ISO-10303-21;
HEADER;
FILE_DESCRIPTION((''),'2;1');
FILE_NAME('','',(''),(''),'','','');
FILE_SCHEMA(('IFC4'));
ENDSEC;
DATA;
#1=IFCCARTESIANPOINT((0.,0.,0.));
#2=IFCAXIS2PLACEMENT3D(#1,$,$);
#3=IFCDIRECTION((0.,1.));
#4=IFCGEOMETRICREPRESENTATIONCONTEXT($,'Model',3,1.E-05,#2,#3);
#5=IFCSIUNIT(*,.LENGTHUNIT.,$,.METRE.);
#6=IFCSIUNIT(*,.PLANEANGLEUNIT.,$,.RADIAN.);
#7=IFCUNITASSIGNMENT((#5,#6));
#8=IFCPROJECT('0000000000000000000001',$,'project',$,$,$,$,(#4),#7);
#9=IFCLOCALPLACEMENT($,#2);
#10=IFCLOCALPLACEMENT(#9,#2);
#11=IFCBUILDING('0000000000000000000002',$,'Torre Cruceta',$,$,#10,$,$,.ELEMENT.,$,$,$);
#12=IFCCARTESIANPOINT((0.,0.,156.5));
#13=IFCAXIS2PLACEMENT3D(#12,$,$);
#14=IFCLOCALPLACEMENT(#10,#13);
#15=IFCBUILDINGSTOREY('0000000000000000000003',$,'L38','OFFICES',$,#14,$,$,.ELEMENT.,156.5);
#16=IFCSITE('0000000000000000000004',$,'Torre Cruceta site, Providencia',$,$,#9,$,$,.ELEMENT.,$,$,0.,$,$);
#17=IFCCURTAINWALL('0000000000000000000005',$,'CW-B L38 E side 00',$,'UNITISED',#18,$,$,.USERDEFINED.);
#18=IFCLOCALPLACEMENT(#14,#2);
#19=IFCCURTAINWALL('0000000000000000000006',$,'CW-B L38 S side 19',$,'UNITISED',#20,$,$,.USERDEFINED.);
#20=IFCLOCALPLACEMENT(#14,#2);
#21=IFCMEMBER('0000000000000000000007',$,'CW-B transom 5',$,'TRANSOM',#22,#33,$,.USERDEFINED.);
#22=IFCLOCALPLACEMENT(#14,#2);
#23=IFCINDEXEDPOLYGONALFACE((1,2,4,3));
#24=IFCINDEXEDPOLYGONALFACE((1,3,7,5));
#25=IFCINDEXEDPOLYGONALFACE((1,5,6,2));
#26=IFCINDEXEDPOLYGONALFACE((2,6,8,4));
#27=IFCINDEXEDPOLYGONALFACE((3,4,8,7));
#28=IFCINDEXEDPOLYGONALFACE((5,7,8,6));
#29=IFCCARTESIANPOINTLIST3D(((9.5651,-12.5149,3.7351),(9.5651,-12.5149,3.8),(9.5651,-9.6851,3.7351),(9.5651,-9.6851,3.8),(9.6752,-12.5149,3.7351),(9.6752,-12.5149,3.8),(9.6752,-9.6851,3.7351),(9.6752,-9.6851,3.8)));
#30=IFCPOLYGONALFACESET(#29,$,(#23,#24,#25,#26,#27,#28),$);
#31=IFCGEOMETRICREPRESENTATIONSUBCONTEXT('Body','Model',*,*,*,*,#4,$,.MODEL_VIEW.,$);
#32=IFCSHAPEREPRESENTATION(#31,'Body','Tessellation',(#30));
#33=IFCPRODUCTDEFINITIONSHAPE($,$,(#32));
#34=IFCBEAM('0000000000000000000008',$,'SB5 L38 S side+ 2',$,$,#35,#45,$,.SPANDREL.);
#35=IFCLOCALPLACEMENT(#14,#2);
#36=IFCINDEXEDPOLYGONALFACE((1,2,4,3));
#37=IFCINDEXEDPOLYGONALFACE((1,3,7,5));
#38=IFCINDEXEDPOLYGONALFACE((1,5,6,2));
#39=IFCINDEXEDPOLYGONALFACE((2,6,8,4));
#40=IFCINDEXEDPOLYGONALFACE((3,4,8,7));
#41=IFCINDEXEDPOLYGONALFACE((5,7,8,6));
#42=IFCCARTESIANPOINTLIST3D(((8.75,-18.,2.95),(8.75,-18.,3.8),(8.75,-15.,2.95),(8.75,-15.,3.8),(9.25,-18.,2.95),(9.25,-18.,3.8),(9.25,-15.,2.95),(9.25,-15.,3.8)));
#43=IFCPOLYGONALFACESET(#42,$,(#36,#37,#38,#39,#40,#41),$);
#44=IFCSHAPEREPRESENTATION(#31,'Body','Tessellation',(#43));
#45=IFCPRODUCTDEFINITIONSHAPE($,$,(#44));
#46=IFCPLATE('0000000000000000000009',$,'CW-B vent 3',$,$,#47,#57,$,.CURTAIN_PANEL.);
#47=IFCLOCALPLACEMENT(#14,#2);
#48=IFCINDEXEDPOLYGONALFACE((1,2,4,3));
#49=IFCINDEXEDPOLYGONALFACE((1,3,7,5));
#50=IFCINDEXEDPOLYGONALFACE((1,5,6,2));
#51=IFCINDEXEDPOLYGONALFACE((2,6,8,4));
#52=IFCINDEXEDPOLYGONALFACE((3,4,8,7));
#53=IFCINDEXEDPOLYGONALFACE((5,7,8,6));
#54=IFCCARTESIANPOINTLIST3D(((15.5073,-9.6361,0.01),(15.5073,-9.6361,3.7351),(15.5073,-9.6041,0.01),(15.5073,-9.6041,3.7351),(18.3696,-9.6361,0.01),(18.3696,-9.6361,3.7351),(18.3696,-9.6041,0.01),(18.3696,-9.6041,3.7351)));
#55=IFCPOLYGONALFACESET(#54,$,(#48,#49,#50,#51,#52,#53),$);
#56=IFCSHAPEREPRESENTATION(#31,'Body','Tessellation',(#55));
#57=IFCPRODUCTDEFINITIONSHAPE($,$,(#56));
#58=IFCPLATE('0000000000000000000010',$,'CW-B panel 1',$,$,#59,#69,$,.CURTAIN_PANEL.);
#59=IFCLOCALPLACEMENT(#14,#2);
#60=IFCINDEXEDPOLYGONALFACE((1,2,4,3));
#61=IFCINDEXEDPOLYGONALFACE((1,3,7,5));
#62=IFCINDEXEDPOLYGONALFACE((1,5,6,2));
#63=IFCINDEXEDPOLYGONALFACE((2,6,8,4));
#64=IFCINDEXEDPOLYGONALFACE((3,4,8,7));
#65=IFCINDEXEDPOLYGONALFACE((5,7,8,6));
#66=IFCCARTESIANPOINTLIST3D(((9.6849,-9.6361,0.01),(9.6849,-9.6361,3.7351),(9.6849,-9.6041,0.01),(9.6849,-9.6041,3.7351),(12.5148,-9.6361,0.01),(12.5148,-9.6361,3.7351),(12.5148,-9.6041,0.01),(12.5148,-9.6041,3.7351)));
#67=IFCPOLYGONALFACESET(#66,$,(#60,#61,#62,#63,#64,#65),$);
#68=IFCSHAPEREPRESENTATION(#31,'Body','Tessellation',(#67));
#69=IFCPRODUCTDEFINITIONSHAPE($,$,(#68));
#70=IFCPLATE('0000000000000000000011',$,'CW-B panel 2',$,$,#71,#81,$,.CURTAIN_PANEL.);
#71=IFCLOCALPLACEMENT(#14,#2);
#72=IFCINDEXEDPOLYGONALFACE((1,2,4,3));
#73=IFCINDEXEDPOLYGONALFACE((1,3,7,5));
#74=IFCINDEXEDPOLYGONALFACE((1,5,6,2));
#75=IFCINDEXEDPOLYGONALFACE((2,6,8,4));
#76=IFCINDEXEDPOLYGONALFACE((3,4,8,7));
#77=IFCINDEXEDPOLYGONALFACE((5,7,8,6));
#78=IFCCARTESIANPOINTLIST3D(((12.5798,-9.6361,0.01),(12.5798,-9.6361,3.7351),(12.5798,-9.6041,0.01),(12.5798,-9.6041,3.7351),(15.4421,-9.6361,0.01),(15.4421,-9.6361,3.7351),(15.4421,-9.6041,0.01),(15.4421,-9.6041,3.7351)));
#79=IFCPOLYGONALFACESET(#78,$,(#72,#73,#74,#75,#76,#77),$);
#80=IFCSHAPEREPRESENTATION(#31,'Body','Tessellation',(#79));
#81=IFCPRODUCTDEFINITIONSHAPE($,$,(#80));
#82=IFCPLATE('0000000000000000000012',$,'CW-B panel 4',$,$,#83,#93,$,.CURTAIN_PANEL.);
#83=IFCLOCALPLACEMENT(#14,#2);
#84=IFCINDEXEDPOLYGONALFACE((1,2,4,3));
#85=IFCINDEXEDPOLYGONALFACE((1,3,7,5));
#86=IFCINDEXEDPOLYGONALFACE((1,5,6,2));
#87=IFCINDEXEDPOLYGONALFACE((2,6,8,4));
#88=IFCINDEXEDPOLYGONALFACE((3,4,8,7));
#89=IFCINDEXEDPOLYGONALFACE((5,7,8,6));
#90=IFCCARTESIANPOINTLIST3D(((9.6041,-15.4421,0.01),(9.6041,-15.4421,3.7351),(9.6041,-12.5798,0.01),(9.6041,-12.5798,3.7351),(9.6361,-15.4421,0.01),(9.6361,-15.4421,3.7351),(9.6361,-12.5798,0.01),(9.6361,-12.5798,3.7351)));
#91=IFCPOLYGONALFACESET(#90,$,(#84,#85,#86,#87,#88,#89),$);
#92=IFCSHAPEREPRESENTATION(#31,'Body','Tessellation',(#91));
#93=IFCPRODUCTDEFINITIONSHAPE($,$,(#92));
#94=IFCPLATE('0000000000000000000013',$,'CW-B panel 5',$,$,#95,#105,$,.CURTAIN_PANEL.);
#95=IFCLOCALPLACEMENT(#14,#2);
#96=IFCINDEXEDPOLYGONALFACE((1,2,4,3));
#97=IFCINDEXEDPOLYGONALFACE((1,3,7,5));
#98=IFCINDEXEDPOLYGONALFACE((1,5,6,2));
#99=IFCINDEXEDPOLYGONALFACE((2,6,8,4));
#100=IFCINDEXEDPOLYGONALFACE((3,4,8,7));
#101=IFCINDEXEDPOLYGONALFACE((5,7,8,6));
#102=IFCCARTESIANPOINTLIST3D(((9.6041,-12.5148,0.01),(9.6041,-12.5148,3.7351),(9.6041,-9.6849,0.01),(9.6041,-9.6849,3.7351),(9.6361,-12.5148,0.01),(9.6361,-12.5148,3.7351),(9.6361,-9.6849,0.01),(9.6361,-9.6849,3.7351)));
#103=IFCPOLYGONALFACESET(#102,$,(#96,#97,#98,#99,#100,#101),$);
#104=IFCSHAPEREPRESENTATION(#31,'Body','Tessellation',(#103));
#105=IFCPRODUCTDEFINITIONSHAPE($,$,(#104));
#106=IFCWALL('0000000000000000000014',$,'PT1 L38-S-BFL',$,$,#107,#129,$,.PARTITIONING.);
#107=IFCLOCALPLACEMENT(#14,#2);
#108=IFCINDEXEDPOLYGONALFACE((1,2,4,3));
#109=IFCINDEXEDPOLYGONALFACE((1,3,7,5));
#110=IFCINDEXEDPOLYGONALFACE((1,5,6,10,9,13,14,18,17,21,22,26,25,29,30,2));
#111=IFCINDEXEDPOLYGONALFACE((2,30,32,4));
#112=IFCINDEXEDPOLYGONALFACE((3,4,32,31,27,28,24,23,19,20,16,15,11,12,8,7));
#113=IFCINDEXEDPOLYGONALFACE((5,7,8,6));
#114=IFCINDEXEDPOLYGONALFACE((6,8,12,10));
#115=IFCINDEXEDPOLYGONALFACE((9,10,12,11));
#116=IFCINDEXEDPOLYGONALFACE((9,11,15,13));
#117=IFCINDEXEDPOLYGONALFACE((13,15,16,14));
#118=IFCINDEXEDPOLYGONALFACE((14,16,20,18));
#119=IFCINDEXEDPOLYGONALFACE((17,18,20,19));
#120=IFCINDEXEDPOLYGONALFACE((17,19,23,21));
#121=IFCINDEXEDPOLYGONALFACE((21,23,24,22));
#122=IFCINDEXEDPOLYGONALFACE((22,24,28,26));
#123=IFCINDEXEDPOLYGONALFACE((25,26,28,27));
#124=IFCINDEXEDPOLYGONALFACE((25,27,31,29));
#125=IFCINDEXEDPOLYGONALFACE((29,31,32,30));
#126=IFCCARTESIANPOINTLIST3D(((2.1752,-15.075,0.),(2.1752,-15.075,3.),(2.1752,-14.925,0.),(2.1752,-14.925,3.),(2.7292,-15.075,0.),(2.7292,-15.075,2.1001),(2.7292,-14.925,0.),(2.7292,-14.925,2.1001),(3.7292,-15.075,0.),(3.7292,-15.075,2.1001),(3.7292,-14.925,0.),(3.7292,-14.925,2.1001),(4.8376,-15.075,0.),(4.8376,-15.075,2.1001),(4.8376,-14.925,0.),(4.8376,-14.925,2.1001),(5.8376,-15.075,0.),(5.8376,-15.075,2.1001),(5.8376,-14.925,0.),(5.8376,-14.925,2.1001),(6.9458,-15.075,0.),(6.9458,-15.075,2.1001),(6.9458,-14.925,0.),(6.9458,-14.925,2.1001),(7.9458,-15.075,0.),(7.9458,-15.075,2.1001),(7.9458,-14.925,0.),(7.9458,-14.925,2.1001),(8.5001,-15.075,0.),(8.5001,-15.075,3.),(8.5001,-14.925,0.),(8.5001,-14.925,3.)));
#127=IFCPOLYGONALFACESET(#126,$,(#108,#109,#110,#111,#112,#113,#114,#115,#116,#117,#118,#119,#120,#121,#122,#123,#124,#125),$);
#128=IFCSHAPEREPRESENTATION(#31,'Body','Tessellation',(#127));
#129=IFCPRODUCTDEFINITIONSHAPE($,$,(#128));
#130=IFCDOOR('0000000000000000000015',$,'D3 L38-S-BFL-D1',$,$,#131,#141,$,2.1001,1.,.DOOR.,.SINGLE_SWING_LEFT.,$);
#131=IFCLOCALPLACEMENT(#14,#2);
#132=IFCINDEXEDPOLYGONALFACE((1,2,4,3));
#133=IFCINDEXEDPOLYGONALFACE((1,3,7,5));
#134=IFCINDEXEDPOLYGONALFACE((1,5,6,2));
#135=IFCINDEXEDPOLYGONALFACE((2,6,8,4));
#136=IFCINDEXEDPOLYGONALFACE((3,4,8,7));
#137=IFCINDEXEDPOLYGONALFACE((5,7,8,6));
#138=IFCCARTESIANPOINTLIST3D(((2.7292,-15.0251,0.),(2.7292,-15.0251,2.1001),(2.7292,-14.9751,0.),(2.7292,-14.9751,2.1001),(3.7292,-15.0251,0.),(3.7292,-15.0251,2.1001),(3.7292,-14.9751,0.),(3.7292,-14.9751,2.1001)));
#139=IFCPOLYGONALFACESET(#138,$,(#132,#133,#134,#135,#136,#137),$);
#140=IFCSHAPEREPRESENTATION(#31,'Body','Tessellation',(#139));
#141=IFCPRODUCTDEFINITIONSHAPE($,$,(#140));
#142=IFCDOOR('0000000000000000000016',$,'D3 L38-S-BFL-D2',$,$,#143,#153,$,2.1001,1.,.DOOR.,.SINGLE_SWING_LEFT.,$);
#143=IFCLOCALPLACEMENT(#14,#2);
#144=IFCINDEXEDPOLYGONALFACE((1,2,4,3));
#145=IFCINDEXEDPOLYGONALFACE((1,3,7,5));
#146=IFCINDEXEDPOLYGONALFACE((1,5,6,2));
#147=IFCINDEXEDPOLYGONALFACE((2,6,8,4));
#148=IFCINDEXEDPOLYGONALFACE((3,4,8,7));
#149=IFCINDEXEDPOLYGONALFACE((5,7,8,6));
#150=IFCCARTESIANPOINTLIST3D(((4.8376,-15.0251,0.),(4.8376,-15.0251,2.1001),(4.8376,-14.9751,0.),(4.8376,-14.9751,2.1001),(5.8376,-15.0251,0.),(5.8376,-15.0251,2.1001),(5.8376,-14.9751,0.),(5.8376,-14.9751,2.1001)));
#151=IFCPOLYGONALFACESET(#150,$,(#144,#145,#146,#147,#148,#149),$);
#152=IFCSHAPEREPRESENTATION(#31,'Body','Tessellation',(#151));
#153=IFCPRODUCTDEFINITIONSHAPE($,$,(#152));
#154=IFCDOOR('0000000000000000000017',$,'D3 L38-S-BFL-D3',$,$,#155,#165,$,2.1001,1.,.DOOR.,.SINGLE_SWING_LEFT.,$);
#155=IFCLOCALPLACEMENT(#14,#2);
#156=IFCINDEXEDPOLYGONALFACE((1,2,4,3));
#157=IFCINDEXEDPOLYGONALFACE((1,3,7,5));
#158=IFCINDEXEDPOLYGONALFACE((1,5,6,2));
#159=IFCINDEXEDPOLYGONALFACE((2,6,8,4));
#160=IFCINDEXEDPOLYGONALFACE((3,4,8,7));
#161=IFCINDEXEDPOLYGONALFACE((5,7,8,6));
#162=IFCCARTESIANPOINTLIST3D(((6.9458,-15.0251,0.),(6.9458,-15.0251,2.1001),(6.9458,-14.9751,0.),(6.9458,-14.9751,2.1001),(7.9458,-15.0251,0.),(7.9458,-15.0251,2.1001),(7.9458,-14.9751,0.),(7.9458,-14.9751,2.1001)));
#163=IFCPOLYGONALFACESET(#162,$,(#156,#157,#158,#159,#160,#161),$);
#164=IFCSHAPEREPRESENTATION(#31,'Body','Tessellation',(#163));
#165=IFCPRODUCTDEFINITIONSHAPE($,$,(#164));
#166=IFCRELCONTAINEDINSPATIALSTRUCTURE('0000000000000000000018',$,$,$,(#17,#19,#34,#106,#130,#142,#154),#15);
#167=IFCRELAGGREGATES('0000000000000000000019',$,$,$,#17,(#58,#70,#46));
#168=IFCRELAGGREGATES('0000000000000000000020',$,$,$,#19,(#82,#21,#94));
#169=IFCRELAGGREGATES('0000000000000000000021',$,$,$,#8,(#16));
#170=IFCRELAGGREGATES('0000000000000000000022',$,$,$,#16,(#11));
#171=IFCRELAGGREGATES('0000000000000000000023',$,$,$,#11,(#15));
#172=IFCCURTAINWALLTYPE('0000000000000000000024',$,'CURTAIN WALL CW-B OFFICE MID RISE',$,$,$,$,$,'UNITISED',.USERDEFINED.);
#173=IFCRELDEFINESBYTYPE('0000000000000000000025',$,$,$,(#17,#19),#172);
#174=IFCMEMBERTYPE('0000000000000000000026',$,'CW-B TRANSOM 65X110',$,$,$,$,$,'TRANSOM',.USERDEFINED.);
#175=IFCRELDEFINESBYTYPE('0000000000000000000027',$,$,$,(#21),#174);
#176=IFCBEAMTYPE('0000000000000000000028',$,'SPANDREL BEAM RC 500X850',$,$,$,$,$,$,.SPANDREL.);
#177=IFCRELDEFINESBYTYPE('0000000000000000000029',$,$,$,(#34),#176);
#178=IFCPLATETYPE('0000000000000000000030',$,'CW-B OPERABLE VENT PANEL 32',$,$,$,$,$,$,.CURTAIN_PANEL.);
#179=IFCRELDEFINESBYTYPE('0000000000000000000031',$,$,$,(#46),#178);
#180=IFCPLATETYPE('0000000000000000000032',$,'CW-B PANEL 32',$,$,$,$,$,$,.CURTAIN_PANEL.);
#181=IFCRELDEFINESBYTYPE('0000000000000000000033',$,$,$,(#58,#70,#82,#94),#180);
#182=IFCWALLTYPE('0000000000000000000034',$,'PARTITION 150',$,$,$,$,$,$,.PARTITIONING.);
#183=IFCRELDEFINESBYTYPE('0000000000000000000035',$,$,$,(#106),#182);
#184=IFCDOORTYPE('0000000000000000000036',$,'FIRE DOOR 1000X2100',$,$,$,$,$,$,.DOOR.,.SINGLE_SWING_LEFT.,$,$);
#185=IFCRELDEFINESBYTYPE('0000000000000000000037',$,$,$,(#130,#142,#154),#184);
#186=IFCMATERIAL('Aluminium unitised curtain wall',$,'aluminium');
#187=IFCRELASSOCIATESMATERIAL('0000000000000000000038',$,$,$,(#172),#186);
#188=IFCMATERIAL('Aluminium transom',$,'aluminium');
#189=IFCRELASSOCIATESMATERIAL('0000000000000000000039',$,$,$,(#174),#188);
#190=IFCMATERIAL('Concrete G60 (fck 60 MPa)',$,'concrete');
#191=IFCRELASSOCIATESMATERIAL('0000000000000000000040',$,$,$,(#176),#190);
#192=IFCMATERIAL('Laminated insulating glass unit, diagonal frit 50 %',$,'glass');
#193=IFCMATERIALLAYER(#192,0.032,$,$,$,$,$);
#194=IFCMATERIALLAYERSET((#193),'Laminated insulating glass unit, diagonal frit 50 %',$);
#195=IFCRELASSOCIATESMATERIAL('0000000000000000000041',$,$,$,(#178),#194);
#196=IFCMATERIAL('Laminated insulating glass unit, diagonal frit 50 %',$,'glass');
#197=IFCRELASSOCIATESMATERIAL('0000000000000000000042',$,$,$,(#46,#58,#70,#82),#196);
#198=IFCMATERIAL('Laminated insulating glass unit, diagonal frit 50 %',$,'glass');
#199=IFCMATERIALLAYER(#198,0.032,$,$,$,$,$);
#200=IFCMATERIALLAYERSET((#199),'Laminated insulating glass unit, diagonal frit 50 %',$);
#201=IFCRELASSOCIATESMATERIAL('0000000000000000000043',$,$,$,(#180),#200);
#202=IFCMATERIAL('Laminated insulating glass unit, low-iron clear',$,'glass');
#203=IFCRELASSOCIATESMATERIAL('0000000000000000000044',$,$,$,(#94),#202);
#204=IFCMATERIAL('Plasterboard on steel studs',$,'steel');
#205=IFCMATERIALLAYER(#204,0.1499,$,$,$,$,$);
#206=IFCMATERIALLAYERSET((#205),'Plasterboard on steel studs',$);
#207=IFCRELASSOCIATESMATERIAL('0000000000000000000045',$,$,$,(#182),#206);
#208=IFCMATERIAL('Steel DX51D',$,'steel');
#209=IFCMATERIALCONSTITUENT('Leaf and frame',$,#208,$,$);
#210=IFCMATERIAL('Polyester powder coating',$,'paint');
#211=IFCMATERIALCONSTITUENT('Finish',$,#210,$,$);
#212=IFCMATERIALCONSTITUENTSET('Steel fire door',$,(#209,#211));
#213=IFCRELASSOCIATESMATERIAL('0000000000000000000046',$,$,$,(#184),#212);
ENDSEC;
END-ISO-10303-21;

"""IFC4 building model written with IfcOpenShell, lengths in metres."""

from ifc_helpers import new_model, si_unit, direction, frame, frame_2d, origin, origin_2d, place, context, subcontext, project, spatial, rectangle, extrude, material, layer, layer_set, constituent, constituent_set, material_profile, profile_set, type_object, element, fill, aggregate, save


model = new_model("IFC4")

# Units and contexts
model_context = context("Model", 3, precision=1e-05, world=origin(), true_north=direction((0.0, 1.0)))
body_context = subcontext(model_context, "Body", "Model", "MODEL_VIEW")
ifc_project = project(units=[si_unit("LENGTHUNIT", "METRE"), si_unit("PLANEANGLEUNIT", "RADIAN")], contexts=[model_context])

# Site, building, storey
site_placement = place(None, origin())
site = spatial("IfcSite", under=ifc_project, at=site_placement, Name="Torre Cruceta site, Providencia", CompositionType="ELEMENT", RefElevation=0.0)
building_placement = place(site_placement, origin())
building = spatial("IfcBuilding", under=site, at=building_placement, Name="Torre Cruceta", CompositionType="ELEMENT")
storey_placement = place(building_placement, frame((0.0, 0.0, 156.5)))
storey = spatial("IfcBuildingStorey", under=building, at=storey_placement, Name="L38", Description="OFFICES", CompositionType="ELEMENT", Elevation=156.5)

# Curtain walls
ifc_material_1 = material(Name="Aluminium unitised curtain wall", Category="aluminium")
curtain_wall_type = type_object("IfcCurtainWallType", Name="CURTAIN WALL CW-B OFFICE MID RISE", ElementType="UNITISED", PredefinedType="USERDEFINED", material=ifc_material_1)
curtain_wall_1_placement = place(storey_placement, origin())
curtain_wall_1 = element("IfcCurtainWall", 1, at=curtain_wall_1_placement, inside=storey, type_object=curtain_wall_type, Name="CW-B L38 E side 00", ObjectType="UNITISED", PredefinedType="USERDEFINED")
curtain_wall_2_placement = place(storey_placement, origin())
curtain_wall_2 = element("IfcCurtainWall", 2, at=curtain_wall_2_placement, inside=storey, type_object=curtain_wall_type, Name="CW-B L38 S side 19", ObjectType="UNITISED", PredefinedType="USERDEFINED")

# Member
ifc_material_2 = material(Name="Aluminium transom", Category="aluminium")
ifc_material_profile_1 = material_profile(ifc_material_2, rectangle(XDim=0.1101, YDim=0.0649, at=origin_2d()), Name="AL 110X65")
ifc_profile_set_1 = profile_set([ifc_material_profile_1], Name="Aluminium transom")
member_type_1 = type_object("IfcMemberType", Name="CW-B TRANSOM 65X110", ElementType="TRANSOM", PredefinedType="USERDEFINED", material=ifc_profile_set_1)
member_1_placement = place(storey_placement, frame((9.6201, -12.5149, 3.7676), z_axis=(0.0, 1.0, 0.0), x_axis=(-1.0, 0.0, 0.0)))
member_1 = element("IfcMember", 3, at=member_1_placement, type_object=member_type_1, Name="CW-B transom 5", ObjectType="TRANSOM", PredefinedType="USERDEFINED", context=body_context, shape_type="SweptSolid", body=[
    extrude(rectangle(XDim=0.1101, YDim=0.0649, at=origin_2d()), origin(), (0.0, 0.0, 1.0), 2.8298),
])

# Beam
ifc_material_3 = material(Name="Concrete G60 (fck 60 MPa)", Category="concrete")
ifc_material_profile_2 = material_profile(ifc_material_3, rectangle(XDim=0.5, YDim=0.8501, at=origin_2d()), Name="RC 500X850")
ifc_profile_set_2 = profile_set([ifc_material_profile_2], Name="Concrete G60 (fck 60 MPa)")
beam_type_1 = type_object("IfcBeamType", Name="SPANDREL BEAM RC 500X850", PredefinedType="SPANDREL", material=ifc_profile_set_2)
beam_1_placement = place(storey_placement, frame((9.0, -15.0, 3.375), z_axis=(0.0, -1.0, 0.0), x_axis=(1.0, 0.0, 0.0)))
element("IfcBeam", 4, at=beam_1_placement, inside=storey, type_object=beam_type_1, Name="SB5 L38 S side+ 2", PredefinedType="SPANDREL", context=body_context, shape_type="SweptSolid", body=[
    extrude(rectangle(XDim=0.5, YDim=0.8501, at=origin_2d()), origin(), (0.0, 0.0, 1.0), 3.0),
])

# Plates
ifc_material_4 = material(Name="Laminated insulating glass unit, diagonal frit 50 %", Category="glass")
ifc_material_5 = material(Name="Laminated insulating glass unit, diagonal frit 50 %", Category="glass")
ifc_layer_1 = layer(ifc_material_5, 0.032)
ifc_layer_set_1 = layer_set([ifc_layer_1], Name="Laminated insulating glass unit, diagonal frit 50 %")
plate_type_1 = type_object("IfcPlateType", Name="CW-B OPERABLE VENT PANEL 32", PredefinedType="CURTAIN_PANEL", material=ifc_layer_set_1)
plate_1_placement = place(storey_placement, frame((16.9385, -9.6201, 0.01), z_axis=(0.0, 0.0, 1.0), x_axis=(1.0, 0.0, 0.0)))
plate_1 = element("IfcPlate", 5, at=plate_1_placement, type_object=plate_type_1, material=ifc_material_4, Name="CW-B vent 3", PredefinedType="CURTAIN_PANEL", context=body_context, shape_type="SweptSolid", body=[
    extrude(rectangle(XDim=2.8623, YDim=0.032, at=origin_2d()), origin(), (0.0, 0.0, 1.0), 3.7251),
])
ifc_material_6 = material(Name="Laminated insulating glass unit, diagonal frit 50 %", Category="glass")
ifc_layer_2 = layer(ifc_material_6, 0.032)
ifc_layer_set_2 = layer_set([ifc_layer_2], Name="Laminated insulating glass unit, diagonal frit 50 %")
plate_type_2 = type_object("IfcPlateType", Name="CW-B PANEL 32", PredefinedType="CURTAIN_PANEL", material=ifc_layer_set_2)
plate_2_placement = place(storey_placement, frame((11.0999, -9.6201, 0.01), z_axis=(0.0, 0.0, 1.0), x_axis=(1.0, 0.0, 0.0)))
plate_2 = element("IfcPlate", 6, at=plate_2_placement, type_object=plate_type_2, material=ifc_material_4, Name="CW-B panel 1", PredefinedType="CURTAIN_PANEL", context=body_context, shape_type="SweptSolid", body=[
    extrude(rectangle(XDim=2.8298, YDim=0.032, at=origin_2d()), origin(), (0.0, 0.0, 1.0), 3.7251),
])
plate_3_placement = place(storey_placement, frame((14.011, -9.6201, 0.01), z_axis=(0.0, 0.0, 1.0), x_axis=(1.0, 0.0, 0.0)))
plate_3 = element("IfcPlate", 7, at=plate_3_placement, type_object=plate_type_2, material=ifc_material_4, Name="CW-B panel 2", PredefinedType="CURTAIN_PANEL", context=body_context, shape_type="SweptSolid", body=[
    extrude(rectangle(XDim=2.8623, YDim=0.032, at=origin_2d()), origin(), (0.0, 0.0, 1.0), 3.7251),
])
aggregate(curtain_wall_1, [plate_2, plate_3, plate_1])
plate_4_placement = place(storey_placement, frame((9.6201, -14.011, 0.01), z_axis=(0.0, 0.0, 1.0), x_axis=(0.0, 1.0, 0.0)))
plate_4 = element("IfcPlate", 8, at=plate_4_placement, type_object=plate_type_2, material=ifc_material_4, Name="CW-B panel 4", PredefinedType="CURTAIN_PANEL", context=body_context, shape_type="SweptSolid", body=[
    extrude(rectangle(XDim=2.8623, YDim=0.032, at=origin_2d()), origin(), (0.0, 0.0, 1.0), 3.7251),
])
ifc_material_7 = material(Name="Laminated insulating glass unit, low-iron clear", Category="glass")
plate_5_placement = place(storey_placement, frame((9.6201, -11.0999, 0.01), z_axis=(0.0, 0.0, 1.0), x_axis=(0.0, 1.0, 0.0)))
plate_5 = element("IfcPlate", 9, at=plate_5_placement, type_object=plate_type_2, material=ifc_material_7, Name="CW-B panel 5", PredefinedType="CURTAIN_PANEL", context=body_context, shape_type="SweptSolid", body=[
    extrude(rectangle(XDim=2.8298, YDim=0.032, at=origin_2d()), origin(), (0.0, 0.0, 1.0), 3.7251),
])
aggregate(curtain_wall_2, [plate_4, member_1, plate_5])

# Wall, openings, doors
ifc_material_8 = material(Name="Plasterboard on steel studs", Category="steel")
ifc_layer_3 = layer(ifc_material_8, 0.1499)
ifc_layer_set_3 = layer_set([ifc_layer_3], Name="Plasterboard on steel studs")
wall_type_1 = type_object("IfcWallType", Name="PARTITION 150", PredefinedType="PARTITIONING", material=ifc_layer_set_3)
wall_1_placement = place(storey_placement, frame((2.175, -15.0, 0.0), z_axis=(0.0, 0.0, 1.0), x_axis=(1.0, 0.0, 0.0)))
wall_1 = element("IfcWall", 10, at=wall_1_placement, inside=storey, type_object=wall_type_1, Name="PT1 L38-S-BFL", PredefinedType="PARTITIONING", context=body_context, shape_type="SweptSolid", body=[
    extrude(rectangle(XDim=6.325, YDim=0.1499, at=frame_2d((3.1626, 0.0))), origin(), (0.0, 0.0, 1.0), 3.0),
])
opening_1_placement = place(wall_1_placement, frame((0.5542, 0.0, 0.0)))
opening_1 = element("IfcOpeningElement", 11, at=opening_1_placement, cuts=wall_1, PredefinedType="OPENING", context=body_context, shape_type="SweptSolid", body=[
    extrude(rectangle(XDim=1.0, YDim=2.1001, at=frame_2d((0.5, 1.05))), frame((0.0, 0.085, 0.0), z_axis=(0.0, -1.0, 0.0), x_axis=(1.0, 0.0, 0.0)), (0.0, 0.0, 1.0), 0.1699),
])
opening_2_placement = place(wall_1_placement, frame((2.6626, 0.0, 0.0)))
opening_2 = element("IfcOpeningElement", 12, at=opening_2_placement, cuts=wall_1, PredefinedType="OPENING", context=body_context, shape_type="SweptSolid", body=[
    extrude(rectangle(XDim=1.0, YDim=2.1001, at=frame_2d((0.5, 1.05))), frame((0.0, 0.085, 0.0), z_axis=(0.0, -1.0, 0.0), x_axis=(1.0, 0.0, 0.0)), (0.0, 0.0, 1.0), 0.1699),
])
opening_3_placement = place(wall_1_placement, frame((4.7708, 0.0, 0.0)))
opening_3 = element("IfcOpeningElement", 13, at=opening_3_placement, cuts=wall_1, PredefinedType="OPENING", context=body_context, shape_type="SweptSolid", body=[
    extrude(rectangle(XDim=1.0, YDim=2.1001, at=frame_2d((0.5, 1.05))), frame((0.0, 0.085, 0.0), z_axis=(0.0, -1.0, 0.0), x_axis=(1.0, 0.0, 0.0)), (0.0, 0.0, 1.0), 0.1699),
])
ifc_material_9 = material(Name="Steel DX51D", Category="steel")
ifc_constituent_1 = constituent(ifc_material_9, Name="Leaf and frame")
ifc_material_10 = material(Name="Polyester powder coating", Category="paint")
ifc_constituent_2 = constituent(ifc_material_10, Name="Finish")
ifc_constituent_set = constituent_set(constituents=[ifc_constituent_1, ifc_constituent_2], Name="Steel fire door")
door_type = type_object("IfcDoorType", Name="FIRE DOOR 1000X2100", OperationType="SINGLE_SWING_LEFT", PredefinedType="DOOR", material=ifc_constituent_set)
door_1_placement = place(opening_1_placement, origin())
door_1 = element("IfcDoor", 14, at=door_1_placement, inside=storey, type_object=door_type, Name="D3 L38-S-BFL-D1", OperationType="SINGLE_SWING_LEFT", OverallHeight=2.1001, OverallWidth=1.0, PredefinedType="DOOR", context=body_context, shape_type="SweptSolid", body=[
    extrude(rectangle(XDim=1.0, YDim=2.1001, at=frame_2d((0.5, 1.05))), frame((0.0, 0.0249, 0.0), z_axis=(0.0, -1.0, 0.0), x_axis=(1.0, 0.0, 0.0)), (0.0, 0.0, 1.0), 0.05),
])
fill(opening_1, door_1)
door_2_placement = place(opening_2_placement, origin())
door_2 = element("IfcDoor", 15, at=door_2_placement, inside=storey, type_object=door_type, Name="D3 L38-S-BFL-D2", OperationType="SINGLE_SWING_LEFT", OverallHeight=2.1001, OverallWidth=1.0, PredefinedType="DOOR", context=body_context, shape_type="SweptSolid", body=[
    extrude(rectangle(XDim=1.0, YDim=2.1001, at=frame_2d((0.5, 1.05))), frame((0.0, 0.0249, 0.0), z_axis=(0.0, -1.0, 0.0), x_axis=(1.0, 0.0, 0.0)), (0.0, 0.0, 1.0), 0.05),
])
fill(opening_2, door_2)
door_3_placement = place(opening_3_placement, origin())
door_3 = element("IfcDoor", 16, at=door_3_placement, inside=storey, type_object=door_type, Name="D3 L38-S-BFL-D3", OperationType="SINGLE_SWING_LEFT", OverallHeight=2.1001, OverallWidth=1.0, PredefinedType="DOOR", context=body_context, shape_type="SweptSolid", body=[
    extrude(rectangle(XDim=1.0, YDim=2.1001, at=frame_2d((0.5, 1.05))), frame((0.0, 0.0249, 0.0), z_axis=(0.0, -1.0, 0.0), x_axis=(1.0, 0.0, 0.0)), (0.0, 0.0, 1.0), 0.05),
])
fill(opening_3, door_3)

save(model, "model.ifc")
